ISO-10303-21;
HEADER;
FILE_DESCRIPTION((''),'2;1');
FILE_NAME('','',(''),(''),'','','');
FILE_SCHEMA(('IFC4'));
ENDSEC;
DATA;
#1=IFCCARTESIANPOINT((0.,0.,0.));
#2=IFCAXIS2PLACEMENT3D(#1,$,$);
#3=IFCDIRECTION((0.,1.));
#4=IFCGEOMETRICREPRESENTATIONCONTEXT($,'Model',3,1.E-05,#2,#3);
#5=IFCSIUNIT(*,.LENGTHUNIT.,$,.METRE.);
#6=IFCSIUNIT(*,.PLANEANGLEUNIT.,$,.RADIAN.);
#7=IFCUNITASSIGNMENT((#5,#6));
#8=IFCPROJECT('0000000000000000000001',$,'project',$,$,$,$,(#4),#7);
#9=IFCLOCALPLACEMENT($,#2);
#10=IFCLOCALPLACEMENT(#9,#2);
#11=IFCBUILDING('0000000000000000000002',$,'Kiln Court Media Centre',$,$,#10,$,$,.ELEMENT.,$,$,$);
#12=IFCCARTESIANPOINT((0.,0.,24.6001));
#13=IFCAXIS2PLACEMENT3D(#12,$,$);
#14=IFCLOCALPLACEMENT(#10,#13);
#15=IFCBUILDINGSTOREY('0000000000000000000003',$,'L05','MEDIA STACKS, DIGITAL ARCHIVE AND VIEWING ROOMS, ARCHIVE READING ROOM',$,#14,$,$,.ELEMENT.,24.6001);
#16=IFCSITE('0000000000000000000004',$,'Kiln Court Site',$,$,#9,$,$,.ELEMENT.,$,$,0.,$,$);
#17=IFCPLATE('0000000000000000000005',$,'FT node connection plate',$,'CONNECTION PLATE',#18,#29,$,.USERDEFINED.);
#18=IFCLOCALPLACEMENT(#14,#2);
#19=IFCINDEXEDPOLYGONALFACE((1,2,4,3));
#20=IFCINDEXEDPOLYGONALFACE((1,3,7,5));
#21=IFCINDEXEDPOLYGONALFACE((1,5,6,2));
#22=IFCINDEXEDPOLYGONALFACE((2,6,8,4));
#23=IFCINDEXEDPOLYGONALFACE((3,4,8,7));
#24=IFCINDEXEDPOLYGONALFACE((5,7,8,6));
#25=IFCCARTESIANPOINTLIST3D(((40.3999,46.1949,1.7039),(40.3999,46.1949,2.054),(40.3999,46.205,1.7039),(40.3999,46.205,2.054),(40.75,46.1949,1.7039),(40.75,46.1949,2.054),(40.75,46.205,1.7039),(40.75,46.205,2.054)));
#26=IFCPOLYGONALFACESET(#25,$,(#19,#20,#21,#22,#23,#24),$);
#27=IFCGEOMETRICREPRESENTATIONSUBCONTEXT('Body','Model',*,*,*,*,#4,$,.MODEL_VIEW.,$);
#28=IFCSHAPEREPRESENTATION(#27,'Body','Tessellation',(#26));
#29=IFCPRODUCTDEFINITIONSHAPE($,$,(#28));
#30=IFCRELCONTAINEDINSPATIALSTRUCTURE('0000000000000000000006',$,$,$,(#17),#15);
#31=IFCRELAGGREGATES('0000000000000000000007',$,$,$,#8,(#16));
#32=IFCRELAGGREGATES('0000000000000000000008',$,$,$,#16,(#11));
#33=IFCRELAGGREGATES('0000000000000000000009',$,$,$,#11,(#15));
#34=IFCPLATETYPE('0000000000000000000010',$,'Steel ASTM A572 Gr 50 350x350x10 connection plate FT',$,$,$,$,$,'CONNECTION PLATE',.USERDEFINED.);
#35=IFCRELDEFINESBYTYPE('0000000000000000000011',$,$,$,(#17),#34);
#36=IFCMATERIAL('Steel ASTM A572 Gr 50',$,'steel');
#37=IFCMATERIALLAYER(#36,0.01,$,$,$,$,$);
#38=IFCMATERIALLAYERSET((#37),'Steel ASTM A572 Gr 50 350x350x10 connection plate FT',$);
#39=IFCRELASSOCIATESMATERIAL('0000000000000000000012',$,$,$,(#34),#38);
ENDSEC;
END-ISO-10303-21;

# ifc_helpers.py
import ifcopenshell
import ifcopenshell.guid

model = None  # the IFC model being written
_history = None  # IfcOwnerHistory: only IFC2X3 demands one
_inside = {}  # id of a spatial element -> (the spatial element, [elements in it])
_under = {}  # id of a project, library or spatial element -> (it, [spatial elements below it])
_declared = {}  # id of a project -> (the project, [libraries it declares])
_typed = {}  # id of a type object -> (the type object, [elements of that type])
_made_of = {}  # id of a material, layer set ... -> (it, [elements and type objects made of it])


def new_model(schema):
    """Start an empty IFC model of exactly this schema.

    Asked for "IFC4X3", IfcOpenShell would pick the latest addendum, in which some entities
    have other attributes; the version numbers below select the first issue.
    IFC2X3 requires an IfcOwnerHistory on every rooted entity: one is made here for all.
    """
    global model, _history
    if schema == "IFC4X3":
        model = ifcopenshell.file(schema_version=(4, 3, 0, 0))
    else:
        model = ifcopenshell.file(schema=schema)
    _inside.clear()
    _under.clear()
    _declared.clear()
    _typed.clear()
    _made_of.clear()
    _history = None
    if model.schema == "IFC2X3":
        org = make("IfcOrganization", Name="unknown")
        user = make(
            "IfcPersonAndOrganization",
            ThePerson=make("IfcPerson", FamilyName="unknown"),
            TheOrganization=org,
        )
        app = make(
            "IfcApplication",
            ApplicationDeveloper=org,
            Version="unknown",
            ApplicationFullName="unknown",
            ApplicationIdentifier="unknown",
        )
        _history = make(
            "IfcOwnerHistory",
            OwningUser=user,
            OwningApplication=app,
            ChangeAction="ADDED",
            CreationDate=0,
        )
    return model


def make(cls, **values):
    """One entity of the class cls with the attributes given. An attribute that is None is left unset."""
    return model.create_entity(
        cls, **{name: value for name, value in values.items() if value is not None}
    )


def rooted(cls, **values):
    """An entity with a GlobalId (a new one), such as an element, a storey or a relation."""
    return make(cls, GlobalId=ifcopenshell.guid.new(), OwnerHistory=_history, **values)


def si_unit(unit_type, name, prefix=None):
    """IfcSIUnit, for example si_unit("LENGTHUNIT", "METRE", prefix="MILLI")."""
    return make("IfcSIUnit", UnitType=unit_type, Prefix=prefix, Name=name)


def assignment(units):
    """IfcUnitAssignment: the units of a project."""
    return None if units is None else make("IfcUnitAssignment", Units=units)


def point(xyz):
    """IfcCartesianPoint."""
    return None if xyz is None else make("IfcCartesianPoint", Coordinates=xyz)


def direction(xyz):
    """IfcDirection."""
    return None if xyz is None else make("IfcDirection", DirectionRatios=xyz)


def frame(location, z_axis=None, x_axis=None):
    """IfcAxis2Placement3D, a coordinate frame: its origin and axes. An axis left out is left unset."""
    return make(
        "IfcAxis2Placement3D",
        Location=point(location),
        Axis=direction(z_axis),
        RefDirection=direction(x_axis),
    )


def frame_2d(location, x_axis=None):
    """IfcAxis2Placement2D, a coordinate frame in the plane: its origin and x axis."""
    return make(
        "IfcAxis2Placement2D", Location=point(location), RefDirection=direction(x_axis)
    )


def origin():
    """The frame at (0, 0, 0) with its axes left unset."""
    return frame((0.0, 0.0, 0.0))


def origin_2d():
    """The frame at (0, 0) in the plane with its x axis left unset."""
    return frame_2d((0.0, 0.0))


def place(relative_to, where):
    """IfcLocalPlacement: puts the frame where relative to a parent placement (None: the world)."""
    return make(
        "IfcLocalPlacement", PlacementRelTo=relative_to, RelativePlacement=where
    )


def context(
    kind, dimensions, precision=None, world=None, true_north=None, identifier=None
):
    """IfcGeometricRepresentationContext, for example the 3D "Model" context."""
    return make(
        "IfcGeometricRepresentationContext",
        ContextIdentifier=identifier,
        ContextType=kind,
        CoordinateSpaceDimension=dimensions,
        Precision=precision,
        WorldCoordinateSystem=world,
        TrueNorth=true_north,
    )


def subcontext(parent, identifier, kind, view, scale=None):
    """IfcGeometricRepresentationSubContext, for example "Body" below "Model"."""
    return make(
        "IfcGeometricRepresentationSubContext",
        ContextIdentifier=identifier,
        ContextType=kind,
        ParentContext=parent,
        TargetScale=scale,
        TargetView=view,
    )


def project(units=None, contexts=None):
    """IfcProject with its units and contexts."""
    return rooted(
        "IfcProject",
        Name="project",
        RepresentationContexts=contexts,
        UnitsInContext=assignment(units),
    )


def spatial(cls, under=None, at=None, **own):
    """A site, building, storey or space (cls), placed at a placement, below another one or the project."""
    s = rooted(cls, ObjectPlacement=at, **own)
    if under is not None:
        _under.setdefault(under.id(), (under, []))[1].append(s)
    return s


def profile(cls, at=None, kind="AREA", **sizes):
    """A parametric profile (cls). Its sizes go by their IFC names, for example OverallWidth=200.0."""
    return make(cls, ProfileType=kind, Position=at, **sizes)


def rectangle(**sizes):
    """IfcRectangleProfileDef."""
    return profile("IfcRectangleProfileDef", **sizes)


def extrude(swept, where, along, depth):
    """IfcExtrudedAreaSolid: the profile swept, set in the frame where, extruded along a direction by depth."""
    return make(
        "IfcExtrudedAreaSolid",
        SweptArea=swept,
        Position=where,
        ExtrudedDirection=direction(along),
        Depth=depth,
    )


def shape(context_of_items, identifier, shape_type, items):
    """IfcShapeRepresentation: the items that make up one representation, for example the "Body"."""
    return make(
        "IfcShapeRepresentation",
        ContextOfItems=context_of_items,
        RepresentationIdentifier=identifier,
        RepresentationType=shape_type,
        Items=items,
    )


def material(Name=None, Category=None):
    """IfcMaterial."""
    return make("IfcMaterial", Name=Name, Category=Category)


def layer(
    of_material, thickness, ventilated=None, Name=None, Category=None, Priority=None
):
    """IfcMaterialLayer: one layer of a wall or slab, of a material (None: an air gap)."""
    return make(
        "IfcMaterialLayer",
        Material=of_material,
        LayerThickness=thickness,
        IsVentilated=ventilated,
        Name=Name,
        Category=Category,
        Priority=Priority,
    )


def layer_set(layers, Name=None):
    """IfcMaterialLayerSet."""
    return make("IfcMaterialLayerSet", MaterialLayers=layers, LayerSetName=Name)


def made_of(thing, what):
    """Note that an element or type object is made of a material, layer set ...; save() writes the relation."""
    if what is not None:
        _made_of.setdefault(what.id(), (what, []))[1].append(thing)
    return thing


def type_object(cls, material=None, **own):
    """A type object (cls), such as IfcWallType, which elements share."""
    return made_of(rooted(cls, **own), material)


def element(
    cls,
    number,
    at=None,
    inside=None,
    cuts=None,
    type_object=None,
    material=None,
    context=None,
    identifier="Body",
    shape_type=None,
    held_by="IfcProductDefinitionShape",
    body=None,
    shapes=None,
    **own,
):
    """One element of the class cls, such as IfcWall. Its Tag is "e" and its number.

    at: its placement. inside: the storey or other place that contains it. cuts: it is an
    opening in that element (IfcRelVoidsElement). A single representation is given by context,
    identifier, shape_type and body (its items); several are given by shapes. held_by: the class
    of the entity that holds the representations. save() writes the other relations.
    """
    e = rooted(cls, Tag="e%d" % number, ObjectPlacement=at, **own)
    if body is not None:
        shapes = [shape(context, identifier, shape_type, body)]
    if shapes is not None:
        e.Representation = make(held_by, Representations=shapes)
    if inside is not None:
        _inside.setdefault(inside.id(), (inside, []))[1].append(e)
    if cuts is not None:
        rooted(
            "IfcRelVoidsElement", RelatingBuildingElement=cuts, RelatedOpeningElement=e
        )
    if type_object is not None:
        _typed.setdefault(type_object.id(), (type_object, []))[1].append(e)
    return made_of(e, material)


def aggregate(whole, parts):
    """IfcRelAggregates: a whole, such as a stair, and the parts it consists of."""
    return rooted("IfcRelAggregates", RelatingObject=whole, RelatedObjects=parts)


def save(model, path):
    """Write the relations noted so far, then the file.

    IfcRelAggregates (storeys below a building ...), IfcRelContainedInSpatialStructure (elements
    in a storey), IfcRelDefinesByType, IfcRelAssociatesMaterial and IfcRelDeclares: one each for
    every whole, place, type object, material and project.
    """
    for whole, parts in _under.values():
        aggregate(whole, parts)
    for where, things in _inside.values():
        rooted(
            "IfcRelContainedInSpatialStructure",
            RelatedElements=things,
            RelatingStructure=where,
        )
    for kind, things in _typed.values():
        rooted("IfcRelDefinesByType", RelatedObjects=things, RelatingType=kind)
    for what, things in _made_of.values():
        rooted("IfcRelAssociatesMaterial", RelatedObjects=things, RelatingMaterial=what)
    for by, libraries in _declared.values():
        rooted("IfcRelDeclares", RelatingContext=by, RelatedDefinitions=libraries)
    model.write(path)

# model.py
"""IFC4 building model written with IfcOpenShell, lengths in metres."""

from ifc_helpers import new_model, si_unit, direction, frame, origin, origin_2d, place, context, subcontext, project, spatial, rectangle, extrude, material, layer, layer_set, type_object, element, save


model = new_model("IFC4")

# Units and contexts
model_context = context("Model", 3, precision=1e-05, world=origin(), true_north=direction((0.0, 1.0)))
body_context = subcontext(model_context, "Body", "Model", "MODEL_VIEW")
ifc_project = project(units=[si_unit("LENGTHUNIT", "METRE"), si_unit("PLANEANGLEUNIT", "RADIAN")], contexts=[model_context])

# Site, building, storey
site_placement = place(None, origin())
site = spatial("IfcSite", under=ifc_project, at=site_placement, Name="Kiln Court Site", CompositionType="ELEMENT", RefElevation=0.0)
building_placement = place(site_placement, origin())
building = spatial("IfcBuilding", under=site, at=building_placement, Name="Kiln Court Media Centre", CompositionType="ELEMENT")
storey_placement = place(building_placement, frame((0.0, 0.0, 24.6001)))
storey = spatial("IfcBuildingStorey", under=building, at=storey_placement, Name="L05", Description="MEDIA STACKS, DIGITAL ARCHIVE AND VIEWING ROOMS, ARCHIVE READING ROOM", CompositionType="ELEMENT", Elevation=24.6001)

# Plate
ifc_material_1 = material(Name="Steel ASTM A572 Gr 50", Category="steel")
ifc_layer_1 = layer(ifc_material_1, 0.01)
ifc_layer_set_1 = layer_set([ifc_layer_1], Name="Steel ASTM A572 Gr 50 350x350x10 connection plate FT")
plate_type_1 = type_object("IfcPlateType", Name="Steel ASTM A572 Gr 50 350x350x10 connection plate FT", ElementType="CONNECTION PLATE", PredefinedType="USERDEFINED", material=ifc_layer_set_1)
for number, where, z_axis, x_axis, name in (
    (1, (40.575, 46.2, 1.7039), (0.0, 0.0, 1.0), (1.0, 0.0, 0.0), "FT node connection plate"),
):
    element("IfcPlate", number, at=place(storey_placement, frame(where, z_axis=z_axis, x_axis=x_axis)), inside=storey, type_object=plate_type_1, Name=name, ObjectType="CONNECTION PLATE", PredefinedType="USERDEFINED", context=body_context, shape_type="SweptSolid", body=[
        extrude(rectangle(XDim=0.3501, YDim=0.01, at=origin_2d()), origin(), (0.0, 0.0, 1.0), 0.3501),
    ])

save(model, "model.ifc")
